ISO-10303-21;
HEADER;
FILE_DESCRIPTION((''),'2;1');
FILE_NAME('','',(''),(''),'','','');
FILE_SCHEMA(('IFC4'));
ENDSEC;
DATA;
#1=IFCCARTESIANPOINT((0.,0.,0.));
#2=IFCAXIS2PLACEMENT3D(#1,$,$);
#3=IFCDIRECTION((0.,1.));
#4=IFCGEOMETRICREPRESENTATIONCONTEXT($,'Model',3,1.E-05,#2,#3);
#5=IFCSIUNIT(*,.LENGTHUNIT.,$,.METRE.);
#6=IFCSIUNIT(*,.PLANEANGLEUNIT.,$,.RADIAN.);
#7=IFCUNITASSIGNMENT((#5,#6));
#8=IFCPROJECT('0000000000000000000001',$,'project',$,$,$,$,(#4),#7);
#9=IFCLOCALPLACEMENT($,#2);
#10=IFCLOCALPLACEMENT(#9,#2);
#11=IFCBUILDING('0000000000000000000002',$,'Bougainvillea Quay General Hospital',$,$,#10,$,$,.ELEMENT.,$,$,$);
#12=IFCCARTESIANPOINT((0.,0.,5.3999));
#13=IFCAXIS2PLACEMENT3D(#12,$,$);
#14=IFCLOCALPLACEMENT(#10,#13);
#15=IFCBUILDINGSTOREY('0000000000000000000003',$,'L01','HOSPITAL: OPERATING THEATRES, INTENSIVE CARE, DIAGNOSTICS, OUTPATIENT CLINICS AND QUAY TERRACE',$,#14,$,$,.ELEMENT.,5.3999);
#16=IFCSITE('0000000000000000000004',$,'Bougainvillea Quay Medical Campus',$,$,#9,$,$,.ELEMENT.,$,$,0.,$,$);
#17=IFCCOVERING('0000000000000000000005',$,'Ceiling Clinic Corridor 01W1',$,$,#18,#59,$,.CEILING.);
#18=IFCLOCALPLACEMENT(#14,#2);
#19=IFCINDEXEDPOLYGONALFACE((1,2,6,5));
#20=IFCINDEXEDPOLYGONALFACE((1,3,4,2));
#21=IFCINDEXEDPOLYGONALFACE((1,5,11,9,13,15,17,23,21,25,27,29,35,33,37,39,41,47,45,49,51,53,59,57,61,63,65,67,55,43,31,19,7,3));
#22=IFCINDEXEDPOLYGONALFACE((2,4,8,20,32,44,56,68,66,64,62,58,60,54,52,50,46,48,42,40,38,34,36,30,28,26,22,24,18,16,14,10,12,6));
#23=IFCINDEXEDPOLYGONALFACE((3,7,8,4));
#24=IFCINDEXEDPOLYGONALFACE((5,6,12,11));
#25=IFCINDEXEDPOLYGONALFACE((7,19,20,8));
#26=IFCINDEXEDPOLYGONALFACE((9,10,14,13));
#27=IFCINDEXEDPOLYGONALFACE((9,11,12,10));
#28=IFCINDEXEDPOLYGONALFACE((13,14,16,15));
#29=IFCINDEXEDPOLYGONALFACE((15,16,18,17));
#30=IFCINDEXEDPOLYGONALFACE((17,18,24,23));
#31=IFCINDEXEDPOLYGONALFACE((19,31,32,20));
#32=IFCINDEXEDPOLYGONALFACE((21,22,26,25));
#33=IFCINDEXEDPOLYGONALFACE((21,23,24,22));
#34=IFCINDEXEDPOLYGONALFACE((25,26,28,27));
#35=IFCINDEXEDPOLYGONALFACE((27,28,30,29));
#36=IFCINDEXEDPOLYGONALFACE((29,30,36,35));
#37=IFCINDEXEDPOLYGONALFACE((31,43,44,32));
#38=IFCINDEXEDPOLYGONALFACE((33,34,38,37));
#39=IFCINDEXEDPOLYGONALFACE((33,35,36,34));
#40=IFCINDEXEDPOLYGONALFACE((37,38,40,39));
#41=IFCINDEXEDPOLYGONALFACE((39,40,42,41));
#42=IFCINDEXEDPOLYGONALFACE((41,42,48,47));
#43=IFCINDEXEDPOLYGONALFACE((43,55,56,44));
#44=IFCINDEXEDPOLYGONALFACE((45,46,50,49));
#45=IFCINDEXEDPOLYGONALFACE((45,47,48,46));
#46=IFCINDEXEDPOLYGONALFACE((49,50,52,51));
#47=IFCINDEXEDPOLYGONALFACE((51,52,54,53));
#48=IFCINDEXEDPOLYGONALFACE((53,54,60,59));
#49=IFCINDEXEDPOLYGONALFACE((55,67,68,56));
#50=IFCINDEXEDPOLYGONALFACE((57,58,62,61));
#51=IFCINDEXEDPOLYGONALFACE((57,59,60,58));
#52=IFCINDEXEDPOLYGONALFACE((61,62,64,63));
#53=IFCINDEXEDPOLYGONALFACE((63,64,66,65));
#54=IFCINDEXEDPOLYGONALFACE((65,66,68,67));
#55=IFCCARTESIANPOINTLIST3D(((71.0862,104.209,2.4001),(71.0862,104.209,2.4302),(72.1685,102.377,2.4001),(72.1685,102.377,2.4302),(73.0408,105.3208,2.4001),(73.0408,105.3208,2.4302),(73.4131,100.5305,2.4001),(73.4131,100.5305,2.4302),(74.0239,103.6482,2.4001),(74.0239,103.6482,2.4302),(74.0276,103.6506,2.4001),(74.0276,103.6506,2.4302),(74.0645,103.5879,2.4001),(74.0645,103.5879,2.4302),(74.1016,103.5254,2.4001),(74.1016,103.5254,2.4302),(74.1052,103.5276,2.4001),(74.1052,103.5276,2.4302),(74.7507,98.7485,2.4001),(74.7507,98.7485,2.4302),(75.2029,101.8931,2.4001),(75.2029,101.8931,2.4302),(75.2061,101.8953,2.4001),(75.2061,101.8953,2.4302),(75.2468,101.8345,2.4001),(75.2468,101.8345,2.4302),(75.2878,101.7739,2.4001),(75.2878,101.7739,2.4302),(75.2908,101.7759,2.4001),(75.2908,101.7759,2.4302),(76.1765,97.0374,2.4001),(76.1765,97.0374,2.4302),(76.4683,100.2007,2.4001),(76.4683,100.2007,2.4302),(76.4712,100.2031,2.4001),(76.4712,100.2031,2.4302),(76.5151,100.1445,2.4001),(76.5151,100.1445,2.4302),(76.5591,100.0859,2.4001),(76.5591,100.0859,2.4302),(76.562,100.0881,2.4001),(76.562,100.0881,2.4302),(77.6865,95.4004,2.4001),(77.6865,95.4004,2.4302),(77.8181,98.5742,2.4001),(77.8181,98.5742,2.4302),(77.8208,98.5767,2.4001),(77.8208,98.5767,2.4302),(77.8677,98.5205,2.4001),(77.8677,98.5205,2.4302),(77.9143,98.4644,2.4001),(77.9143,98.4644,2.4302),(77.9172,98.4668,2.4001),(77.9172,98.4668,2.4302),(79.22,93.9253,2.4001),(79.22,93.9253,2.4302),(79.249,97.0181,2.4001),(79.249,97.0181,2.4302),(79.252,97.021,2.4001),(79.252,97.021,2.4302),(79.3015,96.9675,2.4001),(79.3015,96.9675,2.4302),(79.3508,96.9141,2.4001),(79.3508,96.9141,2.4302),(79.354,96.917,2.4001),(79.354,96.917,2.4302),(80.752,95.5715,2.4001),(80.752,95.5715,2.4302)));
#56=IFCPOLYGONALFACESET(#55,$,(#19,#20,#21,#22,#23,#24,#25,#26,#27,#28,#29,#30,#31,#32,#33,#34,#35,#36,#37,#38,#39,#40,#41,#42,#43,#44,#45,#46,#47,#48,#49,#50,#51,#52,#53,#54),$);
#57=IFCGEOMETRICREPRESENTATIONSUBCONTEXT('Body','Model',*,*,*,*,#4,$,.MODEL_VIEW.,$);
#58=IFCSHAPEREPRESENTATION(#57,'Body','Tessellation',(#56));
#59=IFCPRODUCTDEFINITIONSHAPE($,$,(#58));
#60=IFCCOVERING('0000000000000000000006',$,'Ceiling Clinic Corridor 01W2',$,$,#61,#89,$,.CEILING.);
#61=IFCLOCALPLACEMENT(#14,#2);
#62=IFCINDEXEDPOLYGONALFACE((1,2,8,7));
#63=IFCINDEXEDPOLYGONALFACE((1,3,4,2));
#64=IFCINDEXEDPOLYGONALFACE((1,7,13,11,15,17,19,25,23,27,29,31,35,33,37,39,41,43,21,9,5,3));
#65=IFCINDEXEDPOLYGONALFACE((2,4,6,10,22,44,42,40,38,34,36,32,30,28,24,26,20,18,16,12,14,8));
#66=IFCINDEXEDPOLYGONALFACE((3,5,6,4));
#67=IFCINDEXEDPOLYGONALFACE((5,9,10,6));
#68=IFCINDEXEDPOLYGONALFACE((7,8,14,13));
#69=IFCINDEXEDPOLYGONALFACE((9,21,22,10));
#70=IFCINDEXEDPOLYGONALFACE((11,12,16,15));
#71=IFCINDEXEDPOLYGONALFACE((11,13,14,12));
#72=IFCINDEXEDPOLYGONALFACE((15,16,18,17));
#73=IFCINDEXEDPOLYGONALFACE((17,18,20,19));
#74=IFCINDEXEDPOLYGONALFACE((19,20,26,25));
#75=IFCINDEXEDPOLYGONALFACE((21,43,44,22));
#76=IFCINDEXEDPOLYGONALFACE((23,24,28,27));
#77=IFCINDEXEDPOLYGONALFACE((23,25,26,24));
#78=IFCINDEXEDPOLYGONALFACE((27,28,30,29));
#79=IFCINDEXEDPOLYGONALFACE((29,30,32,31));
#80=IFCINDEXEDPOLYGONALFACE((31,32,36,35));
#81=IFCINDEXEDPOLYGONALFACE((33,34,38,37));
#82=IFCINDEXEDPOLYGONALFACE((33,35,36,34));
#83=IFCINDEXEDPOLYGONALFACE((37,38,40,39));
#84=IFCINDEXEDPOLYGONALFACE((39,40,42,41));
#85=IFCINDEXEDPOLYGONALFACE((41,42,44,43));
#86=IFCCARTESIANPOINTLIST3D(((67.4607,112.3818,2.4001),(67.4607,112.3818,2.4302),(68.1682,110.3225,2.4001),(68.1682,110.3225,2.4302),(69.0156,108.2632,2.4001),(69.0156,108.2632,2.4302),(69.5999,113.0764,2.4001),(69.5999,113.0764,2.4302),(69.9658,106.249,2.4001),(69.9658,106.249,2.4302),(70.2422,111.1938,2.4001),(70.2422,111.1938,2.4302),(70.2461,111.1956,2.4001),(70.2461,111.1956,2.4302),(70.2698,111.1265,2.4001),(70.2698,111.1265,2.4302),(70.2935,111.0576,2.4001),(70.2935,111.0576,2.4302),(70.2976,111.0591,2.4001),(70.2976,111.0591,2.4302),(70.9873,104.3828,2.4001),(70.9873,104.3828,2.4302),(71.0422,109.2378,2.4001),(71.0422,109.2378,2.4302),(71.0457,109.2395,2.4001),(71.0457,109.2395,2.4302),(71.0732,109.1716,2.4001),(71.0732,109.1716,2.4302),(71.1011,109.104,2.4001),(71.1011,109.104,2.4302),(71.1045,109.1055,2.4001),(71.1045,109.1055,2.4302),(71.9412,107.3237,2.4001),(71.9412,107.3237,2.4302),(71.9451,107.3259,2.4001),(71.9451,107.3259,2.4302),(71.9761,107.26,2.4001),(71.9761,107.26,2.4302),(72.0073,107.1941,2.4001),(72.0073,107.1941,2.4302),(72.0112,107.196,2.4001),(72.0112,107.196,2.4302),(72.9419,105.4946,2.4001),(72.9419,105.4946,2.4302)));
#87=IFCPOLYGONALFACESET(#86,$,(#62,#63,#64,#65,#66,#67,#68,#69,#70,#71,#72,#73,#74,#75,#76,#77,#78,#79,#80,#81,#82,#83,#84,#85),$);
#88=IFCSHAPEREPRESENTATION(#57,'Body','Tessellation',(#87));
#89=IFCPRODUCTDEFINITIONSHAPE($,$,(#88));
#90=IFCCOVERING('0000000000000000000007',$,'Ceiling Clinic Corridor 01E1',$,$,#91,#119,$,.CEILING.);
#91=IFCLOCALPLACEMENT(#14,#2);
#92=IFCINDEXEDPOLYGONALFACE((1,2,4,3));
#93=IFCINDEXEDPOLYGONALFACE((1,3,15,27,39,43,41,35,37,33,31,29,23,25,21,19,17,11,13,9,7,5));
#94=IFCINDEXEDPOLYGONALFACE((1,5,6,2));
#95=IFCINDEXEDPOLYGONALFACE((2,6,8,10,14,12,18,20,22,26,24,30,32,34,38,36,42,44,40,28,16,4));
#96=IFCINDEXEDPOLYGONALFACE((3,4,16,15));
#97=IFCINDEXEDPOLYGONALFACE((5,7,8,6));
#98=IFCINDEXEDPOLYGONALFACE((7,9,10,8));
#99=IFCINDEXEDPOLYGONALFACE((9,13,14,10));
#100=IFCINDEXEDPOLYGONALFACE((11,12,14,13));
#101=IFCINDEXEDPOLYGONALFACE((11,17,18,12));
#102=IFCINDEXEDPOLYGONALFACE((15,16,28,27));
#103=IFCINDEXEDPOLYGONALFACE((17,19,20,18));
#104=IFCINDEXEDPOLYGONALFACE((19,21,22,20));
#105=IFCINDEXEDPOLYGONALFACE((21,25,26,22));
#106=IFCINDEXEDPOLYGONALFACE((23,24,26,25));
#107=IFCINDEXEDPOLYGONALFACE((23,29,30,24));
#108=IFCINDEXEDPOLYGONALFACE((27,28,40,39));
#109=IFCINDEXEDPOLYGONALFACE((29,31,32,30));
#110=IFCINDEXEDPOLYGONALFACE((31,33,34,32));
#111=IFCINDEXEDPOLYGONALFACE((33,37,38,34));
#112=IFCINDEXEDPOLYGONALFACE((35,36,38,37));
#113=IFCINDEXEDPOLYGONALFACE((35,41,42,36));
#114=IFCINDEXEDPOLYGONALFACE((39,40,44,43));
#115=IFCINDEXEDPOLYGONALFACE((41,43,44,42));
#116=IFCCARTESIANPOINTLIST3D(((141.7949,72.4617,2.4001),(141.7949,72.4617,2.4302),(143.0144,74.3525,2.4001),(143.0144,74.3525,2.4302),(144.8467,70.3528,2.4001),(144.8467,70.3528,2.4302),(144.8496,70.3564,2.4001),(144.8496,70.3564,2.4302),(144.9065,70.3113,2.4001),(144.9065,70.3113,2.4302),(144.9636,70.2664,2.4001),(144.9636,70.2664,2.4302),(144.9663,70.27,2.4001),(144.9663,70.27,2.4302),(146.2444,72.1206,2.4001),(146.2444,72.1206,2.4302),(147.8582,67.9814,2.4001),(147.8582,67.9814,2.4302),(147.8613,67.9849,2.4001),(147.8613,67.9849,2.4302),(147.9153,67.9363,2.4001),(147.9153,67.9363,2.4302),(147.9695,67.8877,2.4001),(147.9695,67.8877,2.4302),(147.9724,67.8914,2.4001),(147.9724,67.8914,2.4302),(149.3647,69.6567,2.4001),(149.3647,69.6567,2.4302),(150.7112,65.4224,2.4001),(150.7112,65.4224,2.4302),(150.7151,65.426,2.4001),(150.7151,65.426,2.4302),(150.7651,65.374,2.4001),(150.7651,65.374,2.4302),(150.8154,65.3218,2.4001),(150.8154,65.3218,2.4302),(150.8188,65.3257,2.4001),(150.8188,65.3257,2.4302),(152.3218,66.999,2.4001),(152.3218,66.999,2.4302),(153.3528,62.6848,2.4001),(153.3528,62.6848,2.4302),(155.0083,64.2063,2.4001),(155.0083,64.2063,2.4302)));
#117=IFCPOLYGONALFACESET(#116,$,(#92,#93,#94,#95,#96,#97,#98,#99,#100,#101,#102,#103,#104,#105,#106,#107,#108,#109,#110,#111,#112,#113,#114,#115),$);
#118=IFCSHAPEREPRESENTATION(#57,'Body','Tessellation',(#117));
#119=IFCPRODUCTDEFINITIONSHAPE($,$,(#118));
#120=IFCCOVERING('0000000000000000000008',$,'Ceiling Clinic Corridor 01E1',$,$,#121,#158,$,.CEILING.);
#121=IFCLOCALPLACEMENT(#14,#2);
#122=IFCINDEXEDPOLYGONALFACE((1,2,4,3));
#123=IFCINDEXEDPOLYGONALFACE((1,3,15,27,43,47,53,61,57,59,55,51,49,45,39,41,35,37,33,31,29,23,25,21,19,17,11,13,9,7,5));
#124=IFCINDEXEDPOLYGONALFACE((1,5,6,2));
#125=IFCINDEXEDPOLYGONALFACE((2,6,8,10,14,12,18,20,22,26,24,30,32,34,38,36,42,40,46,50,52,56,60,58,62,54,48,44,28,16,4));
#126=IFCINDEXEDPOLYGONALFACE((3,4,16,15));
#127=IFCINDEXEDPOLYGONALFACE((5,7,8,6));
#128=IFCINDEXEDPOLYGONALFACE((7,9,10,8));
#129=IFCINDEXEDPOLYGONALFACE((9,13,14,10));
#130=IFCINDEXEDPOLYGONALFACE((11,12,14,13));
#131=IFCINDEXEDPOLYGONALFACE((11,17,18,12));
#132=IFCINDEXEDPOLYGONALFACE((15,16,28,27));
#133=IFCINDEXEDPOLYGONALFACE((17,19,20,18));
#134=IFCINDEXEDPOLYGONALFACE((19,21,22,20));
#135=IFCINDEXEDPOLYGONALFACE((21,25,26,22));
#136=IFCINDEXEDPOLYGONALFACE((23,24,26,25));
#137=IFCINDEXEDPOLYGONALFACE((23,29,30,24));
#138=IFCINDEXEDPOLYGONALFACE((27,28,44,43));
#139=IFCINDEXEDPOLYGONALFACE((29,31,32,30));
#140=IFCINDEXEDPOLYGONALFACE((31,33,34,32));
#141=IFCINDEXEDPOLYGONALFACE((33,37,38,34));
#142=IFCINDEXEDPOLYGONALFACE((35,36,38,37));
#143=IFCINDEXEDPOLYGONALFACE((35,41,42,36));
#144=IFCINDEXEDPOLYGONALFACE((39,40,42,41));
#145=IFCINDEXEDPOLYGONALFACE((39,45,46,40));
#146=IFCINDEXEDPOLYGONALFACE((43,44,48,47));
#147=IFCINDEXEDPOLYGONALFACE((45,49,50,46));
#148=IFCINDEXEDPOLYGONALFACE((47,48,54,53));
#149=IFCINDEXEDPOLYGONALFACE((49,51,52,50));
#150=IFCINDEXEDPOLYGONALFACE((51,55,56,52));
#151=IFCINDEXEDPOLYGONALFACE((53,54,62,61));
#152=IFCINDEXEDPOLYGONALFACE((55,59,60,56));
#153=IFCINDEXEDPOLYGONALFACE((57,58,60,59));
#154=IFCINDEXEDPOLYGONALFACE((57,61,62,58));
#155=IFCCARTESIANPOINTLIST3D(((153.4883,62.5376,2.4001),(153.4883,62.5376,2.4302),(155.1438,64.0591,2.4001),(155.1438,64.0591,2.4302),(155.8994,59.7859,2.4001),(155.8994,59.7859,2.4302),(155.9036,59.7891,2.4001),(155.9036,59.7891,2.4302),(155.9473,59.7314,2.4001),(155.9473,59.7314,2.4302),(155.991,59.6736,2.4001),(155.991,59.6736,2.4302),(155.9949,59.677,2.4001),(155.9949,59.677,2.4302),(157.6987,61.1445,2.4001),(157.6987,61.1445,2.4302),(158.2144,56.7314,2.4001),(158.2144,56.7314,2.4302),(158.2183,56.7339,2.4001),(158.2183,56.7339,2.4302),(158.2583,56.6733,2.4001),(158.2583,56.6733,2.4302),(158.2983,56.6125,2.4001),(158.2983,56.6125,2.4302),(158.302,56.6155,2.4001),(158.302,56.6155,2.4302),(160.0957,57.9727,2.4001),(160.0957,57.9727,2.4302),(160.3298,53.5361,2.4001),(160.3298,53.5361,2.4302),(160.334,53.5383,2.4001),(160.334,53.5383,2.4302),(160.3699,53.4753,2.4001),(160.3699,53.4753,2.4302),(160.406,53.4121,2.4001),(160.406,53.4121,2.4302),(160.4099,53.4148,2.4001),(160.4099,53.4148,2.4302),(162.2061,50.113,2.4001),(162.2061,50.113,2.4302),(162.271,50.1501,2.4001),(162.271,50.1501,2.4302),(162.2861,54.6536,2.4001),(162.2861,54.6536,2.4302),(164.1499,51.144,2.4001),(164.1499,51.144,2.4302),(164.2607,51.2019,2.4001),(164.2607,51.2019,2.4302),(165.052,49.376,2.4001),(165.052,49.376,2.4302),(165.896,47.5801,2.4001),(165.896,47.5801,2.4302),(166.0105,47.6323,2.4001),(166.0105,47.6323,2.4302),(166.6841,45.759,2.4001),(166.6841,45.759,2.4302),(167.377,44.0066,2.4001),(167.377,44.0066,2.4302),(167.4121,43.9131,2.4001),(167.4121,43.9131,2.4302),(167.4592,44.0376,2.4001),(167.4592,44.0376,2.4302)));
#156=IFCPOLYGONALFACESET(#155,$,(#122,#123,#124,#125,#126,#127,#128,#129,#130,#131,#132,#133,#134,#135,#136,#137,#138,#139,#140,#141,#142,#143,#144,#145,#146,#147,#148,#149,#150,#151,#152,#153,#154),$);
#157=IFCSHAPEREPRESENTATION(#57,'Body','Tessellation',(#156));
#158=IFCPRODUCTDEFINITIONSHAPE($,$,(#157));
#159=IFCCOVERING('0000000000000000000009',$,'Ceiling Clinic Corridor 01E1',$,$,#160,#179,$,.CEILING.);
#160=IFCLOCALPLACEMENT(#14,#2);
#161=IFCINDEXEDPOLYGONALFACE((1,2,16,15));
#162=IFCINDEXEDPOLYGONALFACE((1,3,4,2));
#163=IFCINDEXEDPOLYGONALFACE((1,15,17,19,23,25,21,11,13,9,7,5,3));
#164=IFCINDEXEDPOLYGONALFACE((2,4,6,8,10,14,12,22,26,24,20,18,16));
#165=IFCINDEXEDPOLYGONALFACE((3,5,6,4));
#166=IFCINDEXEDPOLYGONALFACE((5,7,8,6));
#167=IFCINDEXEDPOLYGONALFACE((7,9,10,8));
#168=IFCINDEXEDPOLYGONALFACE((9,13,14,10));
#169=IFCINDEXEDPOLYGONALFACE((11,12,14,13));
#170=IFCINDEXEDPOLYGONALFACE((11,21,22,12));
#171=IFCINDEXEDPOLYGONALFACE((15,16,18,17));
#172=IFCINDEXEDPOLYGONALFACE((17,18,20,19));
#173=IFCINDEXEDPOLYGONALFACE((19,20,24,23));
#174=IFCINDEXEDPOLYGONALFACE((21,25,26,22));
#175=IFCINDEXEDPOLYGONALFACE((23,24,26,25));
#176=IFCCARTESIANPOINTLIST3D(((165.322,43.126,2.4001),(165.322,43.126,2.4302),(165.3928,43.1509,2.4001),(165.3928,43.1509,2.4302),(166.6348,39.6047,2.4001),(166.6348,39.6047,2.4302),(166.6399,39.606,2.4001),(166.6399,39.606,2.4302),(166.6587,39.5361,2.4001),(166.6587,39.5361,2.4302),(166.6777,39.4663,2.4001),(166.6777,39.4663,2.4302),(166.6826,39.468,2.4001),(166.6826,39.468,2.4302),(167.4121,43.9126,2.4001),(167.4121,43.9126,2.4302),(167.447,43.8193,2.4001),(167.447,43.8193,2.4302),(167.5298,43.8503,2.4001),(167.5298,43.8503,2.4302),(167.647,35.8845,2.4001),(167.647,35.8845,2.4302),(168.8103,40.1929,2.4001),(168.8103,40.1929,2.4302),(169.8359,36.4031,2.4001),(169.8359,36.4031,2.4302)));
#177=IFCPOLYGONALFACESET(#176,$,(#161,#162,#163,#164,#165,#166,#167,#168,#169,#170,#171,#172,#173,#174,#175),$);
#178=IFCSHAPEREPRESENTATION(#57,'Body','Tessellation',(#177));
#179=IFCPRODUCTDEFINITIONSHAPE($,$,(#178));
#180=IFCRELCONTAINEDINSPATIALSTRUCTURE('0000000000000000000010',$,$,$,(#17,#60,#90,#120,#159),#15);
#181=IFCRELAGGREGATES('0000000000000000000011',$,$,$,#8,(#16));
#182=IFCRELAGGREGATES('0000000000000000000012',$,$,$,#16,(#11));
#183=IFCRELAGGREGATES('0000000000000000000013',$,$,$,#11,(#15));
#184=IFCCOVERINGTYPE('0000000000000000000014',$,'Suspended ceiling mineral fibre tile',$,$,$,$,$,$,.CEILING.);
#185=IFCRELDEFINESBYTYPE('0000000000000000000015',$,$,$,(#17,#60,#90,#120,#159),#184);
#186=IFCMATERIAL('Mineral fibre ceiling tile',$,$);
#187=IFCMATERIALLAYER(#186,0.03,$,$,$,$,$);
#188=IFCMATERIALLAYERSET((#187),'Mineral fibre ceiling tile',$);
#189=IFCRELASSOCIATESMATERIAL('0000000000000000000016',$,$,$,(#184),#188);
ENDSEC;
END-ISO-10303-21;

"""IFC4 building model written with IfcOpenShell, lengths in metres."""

from ifc_helpers import new_model, si_unit, direction, frame, origin, place, context, subcontext, project, spatial, polyline, outline, extrude, material, layer, layer_set, type_object, element, save


model = new_model("IFC4")

# Units and contexts
model_context = context("Model", 3, precision=1e-05, world=origin(), true_north=direction((0.0, 1.0)))
body_context = subcontext(model_context, "Body", "Model", "MODEL_VIEW")
ifc_project = project(units=[si_unit("LENGTHUNIT", "METRE"), si_unit("PLANEANGLEUNIT", "RADIAN")], contexts=[model_context])

# Site, building, storey
site_placement = place(None, origin())
site = spatial("IfcSite", under=ifc_project, at=site_placement, Name="Bougainvillea Quay Medical Campus", CompositionType="ELEMENT", RefElevation=0.0)
building_placement = place(site_placement, origin())
building = spatial("IfcBuilding", under=site, at=building_placement, Name="Bougainvillea Quay General Hospital", CompositionType="ELEMENT")
storey_placement = place(building_placement, frame((0.0, 0.0, 5.3999)))
storey = spatial("IfcBuildingStorey", under=building, at=storey_placement, Name="L01", Description="HOSPITAL: OPERATING THEATRES, INTENSIVE CARE, DIAGNOSTICS, OUTPATIENT CLINICS AND QUAY TERRACE", CompositionType="ELEMENT", Elevation=5.3999)

# Coverings
ifc_material_1 = material(Name="Mineral fibre ceiling tile")
ifc_layer_1 = layer(ifc_material_1, 0.03)
ifc_layer_set_1 = layer_set([ifc_layer_1], Name="Mineral fibre ceiling tile")
covering_type_1 = type_object("IfcCoveringType", Name="Suspended ceiling mineral fibre tile", PredefinedType="CEILING", material=ifc_layer_set_1)
covering_1_placement = place(storey_placement, frame((0.0, 0.0, 2.4001)))
element("IfcCovering", 1, at=covering_1_placement, inside=storey, type_object=covering_type_1, Name="Ceiling Clinic Corridor 01W1", PredefinedType="CEILING", context=body_context, shape_type="SweptSolid", body=[
    extrude(outline(polyline([(75.2468, 101.8345), (75.2029, 101.8931), (75.2061, 101.8953), (74.1052, 103.5276), (74.1016, 103.5254), (74.0645, 103.5879), (74.0239, 103.6482), (74.0276, 103.6506), (73.0408, 105.3208), (71.0862, 104.209), (72.1685, 102.377), (73.4131, 100.5305), (74.7507, 98.7485), (76.1765, 97.0374), (77.6865, 95.4004), (79.22, 93.9253), (80.752, 95.5715), (79.354, 96.917), (79.3508, 96.9141), (79.3015, 96.9675), (79.249, 97.0181), (79.252, 97.021), (77.9172, 98.4668), (77.9143, 98.4644), (77.8677, 98.5205), (77.8181, 98.5742), (77.8208, 98.5767), (76.562, 100.0881), (76.5591, 100.0859), (76.5151, 100.1445), (76.4683, 100.2007), (76.4712, 100.2031), (75.2908, 101.7759), (75.2878, 101.7739), (75.2468, 101.8345)])), origin(), (0.0, 0.0, 1.0), 0.03),
])
covering_2_placement = place(storey_placement, frame((0.0, 0.0, 2.4001)))
element("IfcCovering", 2, at=covering_2_placement, inside=storey, type_object=covering_type_1, Name="Ceiling Clinic Corridor 01W2", PredefinedType="CEILING", context=body_context, shape_type="SweptSolid", body=[
    extrude(outline(polyline([(71.9761, 107.26), (71.9412, 107.3237), (71.9451, 107.3259), (71.1045, 109.1055), (71.1011, 109.104), (71.0732, 109.1716), (71.0422, 109.2378), (71.0457, 109.2395), (70.2976, 111.0591), (70.2935, 111.0576), (70.2698, 111.1265), (70.2422, 111.1938), (70.2461, 111.1956), (69.5999, 113.0764), (67.4607, 112.3818), (68.1682, 110.3225), (69.0156, 108.2632), (69.9658, 106.249), (70.9873, 104.3828), (72.9419, 105.4946), (72.0112, 107.196), (72.0073, 107.1941), (71.9761, 107.26)])), origin(), (0.0, 0.0, 1.0), 0.03),
])
covering_3_placement = place(storey_placement, frame((0.0, 0.0, 2.4001)))
element("IfcCovering", 3, at=covering_3_placement, inside=storey, type_object=covering_type_1, Name="Ceiling Clinic Corridor 01E1", PredefinedType="CEILING", context=body_context, shape_type="SweptSolid", body=[
    extrude(outline(polyline([(141.7949, 72.4617), (144.8467, 70.3528), (144.8496, 70.3564), (144.9065, 70.3113), (144.9663, 70.27), (144.9636, 70.2664), (147.8582, 67.9814), (147.8613, 67.9849), (147.9153, 67.9363), (147.9724, 67.8914), (147.9695, 67.8877), (150.7112, 65.4224), (150.7151, 65.426), (150.7651, 65.374), (150.8188, 65.3257), (150.8154, 65.3218), (153.3528, 62.6848), (155.0083, 64.2063), (152.3218, 66.999), (149.3647, 69.6567), (146.2444, 72.1206), (143.0144, 74.3525), (141.7949, 72.4617)])), origin(), (0.0, 0.0, 1.0), 0.03),
])
covering_4_placement = place(storey_placement, frame((0.0, 0.0, 2.4001)))
element("IfcCovering", 4, at=covering_4_placement, inside=storey, type_object=covering_type_1, Name="Ceiling Clinic Corridor 01E1", PredefinedType="CEILING", context=body_context, shape_type="SweptSolid", body=[
    extrude(outline(polyline([(165.896, 47.5801), (166.6841, 45.759), (167.4121, 43.9131), (167.377, 44.0066), (167.4592, 44.0376), (166.0105, 47.6323), (164.2607, 51.2019), (162.2861, 54.6536), (160.0957, 57.9727), (157.6987, 61.1445), (155.1438, 64.0591), (153.4883, 62.5376), (155.8994, 59.7859), (155.9036, 59.7891), (155.9473, 59.7314), (155.9949, 59.677), (155.991, 59.6736), (158.2144, 56.7314), (158.2183, 56.7339), (158.2583, 56.6733), (158.302, 56.6155), (158.2983, 56.6125), (160.3298, 53.5361), (160.334, 53.5383), (160.3699, 53.4753), (160.4099, 53.4148), (160.406, 53.4121), (162.271, 50.1501), (162.2061, 50.113), (164.1499, 51.144), (165.052, 49.376), (165.896, 47.5801)])), origin(), (0.0, 0.0, 1.0), 0.03),
])
covering_5_placement = place(storey_placement, frame((0.0, 0.0, 2.4001)))
element("IfcCovering", 5, at=covering_5_placement, inside=storey, type_object=covering_type_1, Name="Ceiling Clinic Corridor 01E1", PredefinedType="CEILING", context=body_context, shape_type="SweptSolid", body=[
    extrude(outline(polyline([(165.322, 43.126), (165.3928, 43.1509), (166.6348, 39.6047), (166.6399, 39.606), (166.6587, 39.5361), (166.6826, 39.468), (166.6777, 39.4663), (167.647, 35.8845), (169.8359, 36.4031), (168.8103, 40.1929), (167.5298, 43.8503), (167.447, 43.8193), (167.4121, 43.9126), (165.322, 43.126)])), origin(), (0.0, 0.0, 1.0), 0.03),
])

save(model, "model.ifc")
